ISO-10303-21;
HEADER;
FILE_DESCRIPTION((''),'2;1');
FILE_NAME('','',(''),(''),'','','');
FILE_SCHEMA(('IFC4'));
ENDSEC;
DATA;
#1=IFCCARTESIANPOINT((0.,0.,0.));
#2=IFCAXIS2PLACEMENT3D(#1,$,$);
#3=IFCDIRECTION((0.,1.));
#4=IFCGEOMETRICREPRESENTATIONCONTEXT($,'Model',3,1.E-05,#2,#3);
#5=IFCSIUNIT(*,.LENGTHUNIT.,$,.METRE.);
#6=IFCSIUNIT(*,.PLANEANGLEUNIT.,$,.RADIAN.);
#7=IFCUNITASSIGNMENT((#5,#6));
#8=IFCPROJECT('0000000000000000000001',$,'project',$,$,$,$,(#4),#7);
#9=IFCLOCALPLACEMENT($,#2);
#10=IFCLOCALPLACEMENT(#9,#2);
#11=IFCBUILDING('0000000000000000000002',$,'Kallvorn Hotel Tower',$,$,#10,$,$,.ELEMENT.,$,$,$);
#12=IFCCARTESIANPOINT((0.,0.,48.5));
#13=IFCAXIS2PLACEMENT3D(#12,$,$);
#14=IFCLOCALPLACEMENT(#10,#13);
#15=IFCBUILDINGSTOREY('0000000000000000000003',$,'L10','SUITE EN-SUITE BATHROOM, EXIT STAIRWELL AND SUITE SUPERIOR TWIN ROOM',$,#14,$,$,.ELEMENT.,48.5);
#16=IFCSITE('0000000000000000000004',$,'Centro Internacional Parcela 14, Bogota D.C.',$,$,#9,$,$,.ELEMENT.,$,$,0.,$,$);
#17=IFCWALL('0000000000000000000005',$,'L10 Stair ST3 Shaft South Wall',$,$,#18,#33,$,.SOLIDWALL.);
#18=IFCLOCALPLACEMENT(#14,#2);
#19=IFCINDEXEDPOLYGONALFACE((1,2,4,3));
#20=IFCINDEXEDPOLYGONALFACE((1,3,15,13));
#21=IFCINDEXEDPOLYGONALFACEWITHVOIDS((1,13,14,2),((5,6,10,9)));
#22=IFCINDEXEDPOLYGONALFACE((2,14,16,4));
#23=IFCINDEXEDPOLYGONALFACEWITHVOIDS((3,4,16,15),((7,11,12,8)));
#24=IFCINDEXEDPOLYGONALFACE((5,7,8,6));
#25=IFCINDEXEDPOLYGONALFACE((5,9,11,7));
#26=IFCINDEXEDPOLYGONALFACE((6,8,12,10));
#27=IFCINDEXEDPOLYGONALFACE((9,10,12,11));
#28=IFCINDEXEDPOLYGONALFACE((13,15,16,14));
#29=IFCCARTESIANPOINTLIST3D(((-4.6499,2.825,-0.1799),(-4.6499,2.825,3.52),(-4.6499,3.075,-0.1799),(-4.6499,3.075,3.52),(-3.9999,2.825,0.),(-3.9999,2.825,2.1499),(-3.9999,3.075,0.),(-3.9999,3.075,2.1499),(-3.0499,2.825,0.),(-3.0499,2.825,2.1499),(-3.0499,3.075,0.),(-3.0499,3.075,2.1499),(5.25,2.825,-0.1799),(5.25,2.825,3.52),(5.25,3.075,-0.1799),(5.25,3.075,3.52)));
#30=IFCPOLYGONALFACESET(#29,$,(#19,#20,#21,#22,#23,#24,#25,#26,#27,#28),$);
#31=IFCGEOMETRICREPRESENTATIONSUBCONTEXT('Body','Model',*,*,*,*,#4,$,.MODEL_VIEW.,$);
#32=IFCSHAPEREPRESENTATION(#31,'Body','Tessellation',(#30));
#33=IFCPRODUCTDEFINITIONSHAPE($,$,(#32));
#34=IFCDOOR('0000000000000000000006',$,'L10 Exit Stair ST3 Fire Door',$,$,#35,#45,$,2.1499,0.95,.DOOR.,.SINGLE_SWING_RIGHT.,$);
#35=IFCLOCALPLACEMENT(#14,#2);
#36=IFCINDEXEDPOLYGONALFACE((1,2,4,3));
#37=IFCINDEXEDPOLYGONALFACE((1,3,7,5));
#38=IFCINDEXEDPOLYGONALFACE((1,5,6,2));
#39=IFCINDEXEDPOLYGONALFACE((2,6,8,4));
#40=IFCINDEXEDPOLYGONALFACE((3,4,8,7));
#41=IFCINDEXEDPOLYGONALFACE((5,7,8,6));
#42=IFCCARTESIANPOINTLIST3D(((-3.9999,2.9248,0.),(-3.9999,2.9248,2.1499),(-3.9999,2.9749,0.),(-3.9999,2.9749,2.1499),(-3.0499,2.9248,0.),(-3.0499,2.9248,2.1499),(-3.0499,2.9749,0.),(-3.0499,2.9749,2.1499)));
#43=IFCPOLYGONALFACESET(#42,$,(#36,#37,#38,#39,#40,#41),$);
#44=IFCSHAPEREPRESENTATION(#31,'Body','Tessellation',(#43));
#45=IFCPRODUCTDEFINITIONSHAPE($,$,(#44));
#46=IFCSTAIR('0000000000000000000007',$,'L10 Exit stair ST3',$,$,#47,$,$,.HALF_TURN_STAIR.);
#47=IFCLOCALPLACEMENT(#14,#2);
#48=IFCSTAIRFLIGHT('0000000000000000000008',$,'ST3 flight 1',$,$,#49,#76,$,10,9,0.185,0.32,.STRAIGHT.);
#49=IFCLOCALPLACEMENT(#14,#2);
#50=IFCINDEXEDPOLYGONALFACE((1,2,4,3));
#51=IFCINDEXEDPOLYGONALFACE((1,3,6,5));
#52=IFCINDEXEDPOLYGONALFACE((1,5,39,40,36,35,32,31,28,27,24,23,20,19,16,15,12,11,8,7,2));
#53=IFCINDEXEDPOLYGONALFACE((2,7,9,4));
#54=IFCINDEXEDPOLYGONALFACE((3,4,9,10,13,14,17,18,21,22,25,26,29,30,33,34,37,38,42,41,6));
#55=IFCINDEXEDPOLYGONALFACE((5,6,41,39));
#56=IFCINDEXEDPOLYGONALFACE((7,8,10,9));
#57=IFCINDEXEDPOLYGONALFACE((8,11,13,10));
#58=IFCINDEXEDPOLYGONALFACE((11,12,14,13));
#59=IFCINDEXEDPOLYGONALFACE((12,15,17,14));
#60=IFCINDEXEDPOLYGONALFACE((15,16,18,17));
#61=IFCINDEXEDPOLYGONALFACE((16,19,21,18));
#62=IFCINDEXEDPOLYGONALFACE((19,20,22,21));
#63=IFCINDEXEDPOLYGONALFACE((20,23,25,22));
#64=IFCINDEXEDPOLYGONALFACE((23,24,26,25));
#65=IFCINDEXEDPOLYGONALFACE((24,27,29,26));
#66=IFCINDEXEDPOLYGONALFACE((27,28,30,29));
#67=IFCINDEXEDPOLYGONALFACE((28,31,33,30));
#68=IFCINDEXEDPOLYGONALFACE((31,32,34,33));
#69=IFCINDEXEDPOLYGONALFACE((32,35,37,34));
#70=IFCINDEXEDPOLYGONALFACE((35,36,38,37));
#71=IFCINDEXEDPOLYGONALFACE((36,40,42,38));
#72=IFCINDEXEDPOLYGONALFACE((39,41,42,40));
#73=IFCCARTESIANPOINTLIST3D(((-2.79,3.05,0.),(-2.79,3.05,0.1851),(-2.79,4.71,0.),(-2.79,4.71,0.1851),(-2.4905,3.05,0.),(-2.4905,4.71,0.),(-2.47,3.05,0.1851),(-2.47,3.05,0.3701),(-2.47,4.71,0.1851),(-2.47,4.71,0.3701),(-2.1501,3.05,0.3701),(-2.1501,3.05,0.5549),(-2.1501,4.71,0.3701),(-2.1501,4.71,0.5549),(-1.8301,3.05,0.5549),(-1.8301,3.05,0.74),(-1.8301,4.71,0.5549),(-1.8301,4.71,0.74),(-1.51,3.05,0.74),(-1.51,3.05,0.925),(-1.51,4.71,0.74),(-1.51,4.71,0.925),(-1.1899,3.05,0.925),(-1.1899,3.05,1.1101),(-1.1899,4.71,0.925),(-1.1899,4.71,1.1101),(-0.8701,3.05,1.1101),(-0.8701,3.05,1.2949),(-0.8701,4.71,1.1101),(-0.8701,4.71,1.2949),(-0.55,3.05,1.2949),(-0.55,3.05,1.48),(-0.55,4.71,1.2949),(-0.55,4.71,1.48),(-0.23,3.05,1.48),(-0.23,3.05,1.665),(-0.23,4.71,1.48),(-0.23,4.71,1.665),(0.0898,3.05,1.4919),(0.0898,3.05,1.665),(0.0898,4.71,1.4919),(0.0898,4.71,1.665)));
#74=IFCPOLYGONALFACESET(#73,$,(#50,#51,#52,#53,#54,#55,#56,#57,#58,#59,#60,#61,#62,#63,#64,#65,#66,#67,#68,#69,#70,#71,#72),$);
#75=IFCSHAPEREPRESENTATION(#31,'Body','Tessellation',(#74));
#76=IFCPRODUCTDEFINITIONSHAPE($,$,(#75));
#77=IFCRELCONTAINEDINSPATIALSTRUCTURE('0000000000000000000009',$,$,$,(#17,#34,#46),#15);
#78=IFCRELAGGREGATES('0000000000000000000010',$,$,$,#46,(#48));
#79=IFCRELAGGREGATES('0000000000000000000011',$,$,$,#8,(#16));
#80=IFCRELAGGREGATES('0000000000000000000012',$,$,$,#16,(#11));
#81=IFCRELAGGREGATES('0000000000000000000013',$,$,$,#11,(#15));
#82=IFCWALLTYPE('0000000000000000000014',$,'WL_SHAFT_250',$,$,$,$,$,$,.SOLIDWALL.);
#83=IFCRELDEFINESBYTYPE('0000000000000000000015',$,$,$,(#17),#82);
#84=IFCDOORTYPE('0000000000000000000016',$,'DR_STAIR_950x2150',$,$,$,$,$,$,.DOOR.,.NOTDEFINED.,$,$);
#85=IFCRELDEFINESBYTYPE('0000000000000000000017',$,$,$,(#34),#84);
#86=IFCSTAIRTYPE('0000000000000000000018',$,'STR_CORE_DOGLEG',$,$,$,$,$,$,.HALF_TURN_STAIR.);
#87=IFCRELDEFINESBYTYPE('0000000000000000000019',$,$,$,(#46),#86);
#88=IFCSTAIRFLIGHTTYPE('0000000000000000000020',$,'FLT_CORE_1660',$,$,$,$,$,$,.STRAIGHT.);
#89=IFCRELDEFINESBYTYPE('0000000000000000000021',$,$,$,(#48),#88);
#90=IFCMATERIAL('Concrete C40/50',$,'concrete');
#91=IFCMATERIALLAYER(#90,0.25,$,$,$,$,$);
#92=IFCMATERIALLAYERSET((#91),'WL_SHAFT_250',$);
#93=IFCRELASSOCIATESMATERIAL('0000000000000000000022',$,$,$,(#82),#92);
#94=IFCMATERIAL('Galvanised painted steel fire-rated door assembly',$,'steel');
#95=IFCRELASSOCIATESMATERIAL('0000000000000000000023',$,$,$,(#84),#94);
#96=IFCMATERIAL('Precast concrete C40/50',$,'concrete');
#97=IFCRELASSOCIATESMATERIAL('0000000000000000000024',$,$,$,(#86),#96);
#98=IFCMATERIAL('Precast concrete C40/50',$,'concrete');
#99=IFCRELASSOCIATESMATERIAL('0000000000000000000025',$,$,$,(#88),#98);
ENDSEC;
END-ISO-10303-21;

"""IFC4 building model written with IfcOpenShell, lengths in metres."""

from ifc_helpers import new_model, si_unit, direction, frame, frame_2d, origin, place, context, subcontext, project, spatial, polyline, rectangle, outline, extrude, material, layer, layer_set, type_object, element, fill, aggregate, save


model = new_model("IFC4")

# Units and contexts
model_context = context("Model", 3, precision=1e-05, world=origin(), true_north=direction((0.0, 1.0)))
body_context = subcontext(model_context, "Body", "Model", "MODEL_VIEW")
ifc_project = project(units=[si_unit("LENGTHUNIT", "METRE"), si_unit("PLANEANGLEUNIT", "RADIAN")], contexts=[model_context])

# Site, building, storey
site_placement = place(None, origin())
site = spatial("IfcSite", under=ifc_project, at=site_placement, Name="Centro Internacional Parcela 14, Bogota D.C.", CompositionType="ELEMENT", RefElevation=0.0)
building_placement = place(site_placement, origin())
building = spatial("IfcBuilding", under=site, at=building_placement, Name="Kallvorn Hotel Tower", CompositionType="ELEMENT")
storey_placement = place(building_placement, frame((0.0, 0.0, 48.5)))
storey = spatial("IfcBuildingStorey", under=building, at=storey_placement, Name="L10", Description="SUITE EN-SUITE BATHROOM, EXIT STAIRWELL AND SUITE SUPERIOR TWIN ROOM", CompositionType="ELEMENT", Elevation=48.5)

# Shared definitions
ifc_material_1 = material(Name="Concrete C40/50", Category="concrete")
ifc_layer_1 = layer(ifc_material_1, 0.25)
ifc_layer_set_1 = layer_set([ifc_layer_1], Name="WL_SHAFT_250")
wall_type_1 = type_object("IfcWallType", Name="WL_SHAFT_250", PredefinedType="SOLIDWALL", material=ifc_layer_set_1)

# Wall, opening, door
wall_1_placement = place(storey_placement, frame((-4.6499, 2.95, -0.1799), z_axis=(0.0, 0.0, 1.0), x_axis=(1.0, 0.0, 0.0)))
wall_1 = element("IfcWall", 1, at=wall_1_placement, inside=storey, type_object=wall_type_1, Name="L10 Stair ST3 Shaft South Wall", PredefinedType="SOLIDWALL", context=body_context, shape_type="SweptSolid", body=[
    extrude(rectangle(XDim=9.8999, YDim=0.25, at=frame_2d((4.95, 0.0))), origin(), (0.0, 0.0, 1.0), 3.7),
])
opening_1_placement = place(wall_1_placement, frame((0.6499, 0.0, 0.1799)))
opening_1 = element("IfcOpeningElement", 2, at=opening_1_placement, cuts=wall_1, PredefinedType="OPENING", context=body_context, shape_type="SweptSolid", body=[
    extrude(rectangle(XDim=0.95, YDim=2.1499, at=frame_2d((0.4751, 1.075))), frame((0.0, 0.1399, 0.0), z_axis=(0.0, -1.0, 0.0), x_axis=(1.0, 0.0, 0.0)), (0.0, 0.0, 1.0), 0.28),
])
ifc_material_2 = material(Name="Galvanised painted steel fire-rated door assembly", Category="steel")
door_type_1 = type_object("IfcDoorType", Name="DR_STAIR_950x2150", OperationType="NOTDEFINED", PredefinedType="DOOR", material=ifc_material_2)
door_1_placement = place(opening_1_placement, origin())
door_1 = element("IfcDoor", 3, at=door_1_placement, inside=storey, type_object=door_type_1, Name="L10 Exit Stair ST3 Fire Door", OperationType="SINGLE_SWING_RIGHT", OverallHeight=2.1499, OverallWidth=0.95, PredefinedType="DOOR", context=body_context, shape_type="SweptSolid", body=[
    extrude(rectangle(XDim=0.95, YDim=2.1499, at=frame_2d((0.4751, 1.075))), frame((0.0, 0.0249, 0.0), z_axis=(0.0, -1.0, 0.0), x_axis=(1.0, 0.0, 0.0)), (0.0, 0.0, 1.0), 0.05),
])
fill(opening_1, door_1)

# Stair, stair flight
ifc_material_3 = material(Name="Precast concrete C40/50", Category="concrete")
stair_type = type_object("IfcStairType", Name="STR_CORE_DOGLEG", PredefinedType="HALF_TURN_STAIR", material=ifc_material_3)
stair_placement = place(storey_placement, origin())
stair = element("IfcStair", 4, at=stair_placement, inside=storey, type_object=stair_type, Name="L10 Exit stair ST3", PredefinedType="HALF_TURN_STAIR")
ifc_material_4 = material(Name="Precast concrete C40/50", Category="concrete")
stair_flight_type = type_object("IfcStairFlightType", Name="FLT_CORE_1660", PredefinedType="STRAIGHT", material=ifc_material_4)
stair_flight_placement = place(storey_placement, frame((-2.79, 3.8799, 0.0), z_axis=(0.0, 0.0, 1.0), x_axis=(1.0, 0.0, 0.0)))
stair_flight = element("IfcStairFlight", 5, at=stair_flight_placement, type_object=stair_flight_type, Name="ST3 flight 1", NumberOfRisers=10, NumberOfTreads=9, PredefinedType="STRAIGHT", RiserHeight=0.185, TreadLength=0.32, context=body_context, shape_type="SweptSolid", body=[
    extrude(outline(polyline([(0.0, 0.0), (0.0, 0.1851), (0.3201, 0.1851), (0.3201, 0.3701), (0.6399, 0.3701), (0.6399, 0.5549), (0.96, 0.5549), (0.96, 0.74), (1.28, 0.74), (1.28, 0.925), (1.6001, 0.925), (1.6001, 1.1101), (1.9199, 1.1101), (1.9199, 1.2949), (2.24, 1.2949), (2.24, 1.48), (2.5601, 1.48), (2.5601, 1.665), (2.8799, 1.665), (2.8799, 1.8501), (2.8799, 1.4919), (0.2996, 0.0), (0.0, 0.0)])), frame((0.0, 0.8301, 0.0), z_axis=(0.0, -1.0, 0.0), x_axis=(1.0, 0.0, 0.0)), (0.0, 0.0, 1.0), 1.6599),
])
aggregate(stair, [stair_flight])

save(model, "model.ifc")
